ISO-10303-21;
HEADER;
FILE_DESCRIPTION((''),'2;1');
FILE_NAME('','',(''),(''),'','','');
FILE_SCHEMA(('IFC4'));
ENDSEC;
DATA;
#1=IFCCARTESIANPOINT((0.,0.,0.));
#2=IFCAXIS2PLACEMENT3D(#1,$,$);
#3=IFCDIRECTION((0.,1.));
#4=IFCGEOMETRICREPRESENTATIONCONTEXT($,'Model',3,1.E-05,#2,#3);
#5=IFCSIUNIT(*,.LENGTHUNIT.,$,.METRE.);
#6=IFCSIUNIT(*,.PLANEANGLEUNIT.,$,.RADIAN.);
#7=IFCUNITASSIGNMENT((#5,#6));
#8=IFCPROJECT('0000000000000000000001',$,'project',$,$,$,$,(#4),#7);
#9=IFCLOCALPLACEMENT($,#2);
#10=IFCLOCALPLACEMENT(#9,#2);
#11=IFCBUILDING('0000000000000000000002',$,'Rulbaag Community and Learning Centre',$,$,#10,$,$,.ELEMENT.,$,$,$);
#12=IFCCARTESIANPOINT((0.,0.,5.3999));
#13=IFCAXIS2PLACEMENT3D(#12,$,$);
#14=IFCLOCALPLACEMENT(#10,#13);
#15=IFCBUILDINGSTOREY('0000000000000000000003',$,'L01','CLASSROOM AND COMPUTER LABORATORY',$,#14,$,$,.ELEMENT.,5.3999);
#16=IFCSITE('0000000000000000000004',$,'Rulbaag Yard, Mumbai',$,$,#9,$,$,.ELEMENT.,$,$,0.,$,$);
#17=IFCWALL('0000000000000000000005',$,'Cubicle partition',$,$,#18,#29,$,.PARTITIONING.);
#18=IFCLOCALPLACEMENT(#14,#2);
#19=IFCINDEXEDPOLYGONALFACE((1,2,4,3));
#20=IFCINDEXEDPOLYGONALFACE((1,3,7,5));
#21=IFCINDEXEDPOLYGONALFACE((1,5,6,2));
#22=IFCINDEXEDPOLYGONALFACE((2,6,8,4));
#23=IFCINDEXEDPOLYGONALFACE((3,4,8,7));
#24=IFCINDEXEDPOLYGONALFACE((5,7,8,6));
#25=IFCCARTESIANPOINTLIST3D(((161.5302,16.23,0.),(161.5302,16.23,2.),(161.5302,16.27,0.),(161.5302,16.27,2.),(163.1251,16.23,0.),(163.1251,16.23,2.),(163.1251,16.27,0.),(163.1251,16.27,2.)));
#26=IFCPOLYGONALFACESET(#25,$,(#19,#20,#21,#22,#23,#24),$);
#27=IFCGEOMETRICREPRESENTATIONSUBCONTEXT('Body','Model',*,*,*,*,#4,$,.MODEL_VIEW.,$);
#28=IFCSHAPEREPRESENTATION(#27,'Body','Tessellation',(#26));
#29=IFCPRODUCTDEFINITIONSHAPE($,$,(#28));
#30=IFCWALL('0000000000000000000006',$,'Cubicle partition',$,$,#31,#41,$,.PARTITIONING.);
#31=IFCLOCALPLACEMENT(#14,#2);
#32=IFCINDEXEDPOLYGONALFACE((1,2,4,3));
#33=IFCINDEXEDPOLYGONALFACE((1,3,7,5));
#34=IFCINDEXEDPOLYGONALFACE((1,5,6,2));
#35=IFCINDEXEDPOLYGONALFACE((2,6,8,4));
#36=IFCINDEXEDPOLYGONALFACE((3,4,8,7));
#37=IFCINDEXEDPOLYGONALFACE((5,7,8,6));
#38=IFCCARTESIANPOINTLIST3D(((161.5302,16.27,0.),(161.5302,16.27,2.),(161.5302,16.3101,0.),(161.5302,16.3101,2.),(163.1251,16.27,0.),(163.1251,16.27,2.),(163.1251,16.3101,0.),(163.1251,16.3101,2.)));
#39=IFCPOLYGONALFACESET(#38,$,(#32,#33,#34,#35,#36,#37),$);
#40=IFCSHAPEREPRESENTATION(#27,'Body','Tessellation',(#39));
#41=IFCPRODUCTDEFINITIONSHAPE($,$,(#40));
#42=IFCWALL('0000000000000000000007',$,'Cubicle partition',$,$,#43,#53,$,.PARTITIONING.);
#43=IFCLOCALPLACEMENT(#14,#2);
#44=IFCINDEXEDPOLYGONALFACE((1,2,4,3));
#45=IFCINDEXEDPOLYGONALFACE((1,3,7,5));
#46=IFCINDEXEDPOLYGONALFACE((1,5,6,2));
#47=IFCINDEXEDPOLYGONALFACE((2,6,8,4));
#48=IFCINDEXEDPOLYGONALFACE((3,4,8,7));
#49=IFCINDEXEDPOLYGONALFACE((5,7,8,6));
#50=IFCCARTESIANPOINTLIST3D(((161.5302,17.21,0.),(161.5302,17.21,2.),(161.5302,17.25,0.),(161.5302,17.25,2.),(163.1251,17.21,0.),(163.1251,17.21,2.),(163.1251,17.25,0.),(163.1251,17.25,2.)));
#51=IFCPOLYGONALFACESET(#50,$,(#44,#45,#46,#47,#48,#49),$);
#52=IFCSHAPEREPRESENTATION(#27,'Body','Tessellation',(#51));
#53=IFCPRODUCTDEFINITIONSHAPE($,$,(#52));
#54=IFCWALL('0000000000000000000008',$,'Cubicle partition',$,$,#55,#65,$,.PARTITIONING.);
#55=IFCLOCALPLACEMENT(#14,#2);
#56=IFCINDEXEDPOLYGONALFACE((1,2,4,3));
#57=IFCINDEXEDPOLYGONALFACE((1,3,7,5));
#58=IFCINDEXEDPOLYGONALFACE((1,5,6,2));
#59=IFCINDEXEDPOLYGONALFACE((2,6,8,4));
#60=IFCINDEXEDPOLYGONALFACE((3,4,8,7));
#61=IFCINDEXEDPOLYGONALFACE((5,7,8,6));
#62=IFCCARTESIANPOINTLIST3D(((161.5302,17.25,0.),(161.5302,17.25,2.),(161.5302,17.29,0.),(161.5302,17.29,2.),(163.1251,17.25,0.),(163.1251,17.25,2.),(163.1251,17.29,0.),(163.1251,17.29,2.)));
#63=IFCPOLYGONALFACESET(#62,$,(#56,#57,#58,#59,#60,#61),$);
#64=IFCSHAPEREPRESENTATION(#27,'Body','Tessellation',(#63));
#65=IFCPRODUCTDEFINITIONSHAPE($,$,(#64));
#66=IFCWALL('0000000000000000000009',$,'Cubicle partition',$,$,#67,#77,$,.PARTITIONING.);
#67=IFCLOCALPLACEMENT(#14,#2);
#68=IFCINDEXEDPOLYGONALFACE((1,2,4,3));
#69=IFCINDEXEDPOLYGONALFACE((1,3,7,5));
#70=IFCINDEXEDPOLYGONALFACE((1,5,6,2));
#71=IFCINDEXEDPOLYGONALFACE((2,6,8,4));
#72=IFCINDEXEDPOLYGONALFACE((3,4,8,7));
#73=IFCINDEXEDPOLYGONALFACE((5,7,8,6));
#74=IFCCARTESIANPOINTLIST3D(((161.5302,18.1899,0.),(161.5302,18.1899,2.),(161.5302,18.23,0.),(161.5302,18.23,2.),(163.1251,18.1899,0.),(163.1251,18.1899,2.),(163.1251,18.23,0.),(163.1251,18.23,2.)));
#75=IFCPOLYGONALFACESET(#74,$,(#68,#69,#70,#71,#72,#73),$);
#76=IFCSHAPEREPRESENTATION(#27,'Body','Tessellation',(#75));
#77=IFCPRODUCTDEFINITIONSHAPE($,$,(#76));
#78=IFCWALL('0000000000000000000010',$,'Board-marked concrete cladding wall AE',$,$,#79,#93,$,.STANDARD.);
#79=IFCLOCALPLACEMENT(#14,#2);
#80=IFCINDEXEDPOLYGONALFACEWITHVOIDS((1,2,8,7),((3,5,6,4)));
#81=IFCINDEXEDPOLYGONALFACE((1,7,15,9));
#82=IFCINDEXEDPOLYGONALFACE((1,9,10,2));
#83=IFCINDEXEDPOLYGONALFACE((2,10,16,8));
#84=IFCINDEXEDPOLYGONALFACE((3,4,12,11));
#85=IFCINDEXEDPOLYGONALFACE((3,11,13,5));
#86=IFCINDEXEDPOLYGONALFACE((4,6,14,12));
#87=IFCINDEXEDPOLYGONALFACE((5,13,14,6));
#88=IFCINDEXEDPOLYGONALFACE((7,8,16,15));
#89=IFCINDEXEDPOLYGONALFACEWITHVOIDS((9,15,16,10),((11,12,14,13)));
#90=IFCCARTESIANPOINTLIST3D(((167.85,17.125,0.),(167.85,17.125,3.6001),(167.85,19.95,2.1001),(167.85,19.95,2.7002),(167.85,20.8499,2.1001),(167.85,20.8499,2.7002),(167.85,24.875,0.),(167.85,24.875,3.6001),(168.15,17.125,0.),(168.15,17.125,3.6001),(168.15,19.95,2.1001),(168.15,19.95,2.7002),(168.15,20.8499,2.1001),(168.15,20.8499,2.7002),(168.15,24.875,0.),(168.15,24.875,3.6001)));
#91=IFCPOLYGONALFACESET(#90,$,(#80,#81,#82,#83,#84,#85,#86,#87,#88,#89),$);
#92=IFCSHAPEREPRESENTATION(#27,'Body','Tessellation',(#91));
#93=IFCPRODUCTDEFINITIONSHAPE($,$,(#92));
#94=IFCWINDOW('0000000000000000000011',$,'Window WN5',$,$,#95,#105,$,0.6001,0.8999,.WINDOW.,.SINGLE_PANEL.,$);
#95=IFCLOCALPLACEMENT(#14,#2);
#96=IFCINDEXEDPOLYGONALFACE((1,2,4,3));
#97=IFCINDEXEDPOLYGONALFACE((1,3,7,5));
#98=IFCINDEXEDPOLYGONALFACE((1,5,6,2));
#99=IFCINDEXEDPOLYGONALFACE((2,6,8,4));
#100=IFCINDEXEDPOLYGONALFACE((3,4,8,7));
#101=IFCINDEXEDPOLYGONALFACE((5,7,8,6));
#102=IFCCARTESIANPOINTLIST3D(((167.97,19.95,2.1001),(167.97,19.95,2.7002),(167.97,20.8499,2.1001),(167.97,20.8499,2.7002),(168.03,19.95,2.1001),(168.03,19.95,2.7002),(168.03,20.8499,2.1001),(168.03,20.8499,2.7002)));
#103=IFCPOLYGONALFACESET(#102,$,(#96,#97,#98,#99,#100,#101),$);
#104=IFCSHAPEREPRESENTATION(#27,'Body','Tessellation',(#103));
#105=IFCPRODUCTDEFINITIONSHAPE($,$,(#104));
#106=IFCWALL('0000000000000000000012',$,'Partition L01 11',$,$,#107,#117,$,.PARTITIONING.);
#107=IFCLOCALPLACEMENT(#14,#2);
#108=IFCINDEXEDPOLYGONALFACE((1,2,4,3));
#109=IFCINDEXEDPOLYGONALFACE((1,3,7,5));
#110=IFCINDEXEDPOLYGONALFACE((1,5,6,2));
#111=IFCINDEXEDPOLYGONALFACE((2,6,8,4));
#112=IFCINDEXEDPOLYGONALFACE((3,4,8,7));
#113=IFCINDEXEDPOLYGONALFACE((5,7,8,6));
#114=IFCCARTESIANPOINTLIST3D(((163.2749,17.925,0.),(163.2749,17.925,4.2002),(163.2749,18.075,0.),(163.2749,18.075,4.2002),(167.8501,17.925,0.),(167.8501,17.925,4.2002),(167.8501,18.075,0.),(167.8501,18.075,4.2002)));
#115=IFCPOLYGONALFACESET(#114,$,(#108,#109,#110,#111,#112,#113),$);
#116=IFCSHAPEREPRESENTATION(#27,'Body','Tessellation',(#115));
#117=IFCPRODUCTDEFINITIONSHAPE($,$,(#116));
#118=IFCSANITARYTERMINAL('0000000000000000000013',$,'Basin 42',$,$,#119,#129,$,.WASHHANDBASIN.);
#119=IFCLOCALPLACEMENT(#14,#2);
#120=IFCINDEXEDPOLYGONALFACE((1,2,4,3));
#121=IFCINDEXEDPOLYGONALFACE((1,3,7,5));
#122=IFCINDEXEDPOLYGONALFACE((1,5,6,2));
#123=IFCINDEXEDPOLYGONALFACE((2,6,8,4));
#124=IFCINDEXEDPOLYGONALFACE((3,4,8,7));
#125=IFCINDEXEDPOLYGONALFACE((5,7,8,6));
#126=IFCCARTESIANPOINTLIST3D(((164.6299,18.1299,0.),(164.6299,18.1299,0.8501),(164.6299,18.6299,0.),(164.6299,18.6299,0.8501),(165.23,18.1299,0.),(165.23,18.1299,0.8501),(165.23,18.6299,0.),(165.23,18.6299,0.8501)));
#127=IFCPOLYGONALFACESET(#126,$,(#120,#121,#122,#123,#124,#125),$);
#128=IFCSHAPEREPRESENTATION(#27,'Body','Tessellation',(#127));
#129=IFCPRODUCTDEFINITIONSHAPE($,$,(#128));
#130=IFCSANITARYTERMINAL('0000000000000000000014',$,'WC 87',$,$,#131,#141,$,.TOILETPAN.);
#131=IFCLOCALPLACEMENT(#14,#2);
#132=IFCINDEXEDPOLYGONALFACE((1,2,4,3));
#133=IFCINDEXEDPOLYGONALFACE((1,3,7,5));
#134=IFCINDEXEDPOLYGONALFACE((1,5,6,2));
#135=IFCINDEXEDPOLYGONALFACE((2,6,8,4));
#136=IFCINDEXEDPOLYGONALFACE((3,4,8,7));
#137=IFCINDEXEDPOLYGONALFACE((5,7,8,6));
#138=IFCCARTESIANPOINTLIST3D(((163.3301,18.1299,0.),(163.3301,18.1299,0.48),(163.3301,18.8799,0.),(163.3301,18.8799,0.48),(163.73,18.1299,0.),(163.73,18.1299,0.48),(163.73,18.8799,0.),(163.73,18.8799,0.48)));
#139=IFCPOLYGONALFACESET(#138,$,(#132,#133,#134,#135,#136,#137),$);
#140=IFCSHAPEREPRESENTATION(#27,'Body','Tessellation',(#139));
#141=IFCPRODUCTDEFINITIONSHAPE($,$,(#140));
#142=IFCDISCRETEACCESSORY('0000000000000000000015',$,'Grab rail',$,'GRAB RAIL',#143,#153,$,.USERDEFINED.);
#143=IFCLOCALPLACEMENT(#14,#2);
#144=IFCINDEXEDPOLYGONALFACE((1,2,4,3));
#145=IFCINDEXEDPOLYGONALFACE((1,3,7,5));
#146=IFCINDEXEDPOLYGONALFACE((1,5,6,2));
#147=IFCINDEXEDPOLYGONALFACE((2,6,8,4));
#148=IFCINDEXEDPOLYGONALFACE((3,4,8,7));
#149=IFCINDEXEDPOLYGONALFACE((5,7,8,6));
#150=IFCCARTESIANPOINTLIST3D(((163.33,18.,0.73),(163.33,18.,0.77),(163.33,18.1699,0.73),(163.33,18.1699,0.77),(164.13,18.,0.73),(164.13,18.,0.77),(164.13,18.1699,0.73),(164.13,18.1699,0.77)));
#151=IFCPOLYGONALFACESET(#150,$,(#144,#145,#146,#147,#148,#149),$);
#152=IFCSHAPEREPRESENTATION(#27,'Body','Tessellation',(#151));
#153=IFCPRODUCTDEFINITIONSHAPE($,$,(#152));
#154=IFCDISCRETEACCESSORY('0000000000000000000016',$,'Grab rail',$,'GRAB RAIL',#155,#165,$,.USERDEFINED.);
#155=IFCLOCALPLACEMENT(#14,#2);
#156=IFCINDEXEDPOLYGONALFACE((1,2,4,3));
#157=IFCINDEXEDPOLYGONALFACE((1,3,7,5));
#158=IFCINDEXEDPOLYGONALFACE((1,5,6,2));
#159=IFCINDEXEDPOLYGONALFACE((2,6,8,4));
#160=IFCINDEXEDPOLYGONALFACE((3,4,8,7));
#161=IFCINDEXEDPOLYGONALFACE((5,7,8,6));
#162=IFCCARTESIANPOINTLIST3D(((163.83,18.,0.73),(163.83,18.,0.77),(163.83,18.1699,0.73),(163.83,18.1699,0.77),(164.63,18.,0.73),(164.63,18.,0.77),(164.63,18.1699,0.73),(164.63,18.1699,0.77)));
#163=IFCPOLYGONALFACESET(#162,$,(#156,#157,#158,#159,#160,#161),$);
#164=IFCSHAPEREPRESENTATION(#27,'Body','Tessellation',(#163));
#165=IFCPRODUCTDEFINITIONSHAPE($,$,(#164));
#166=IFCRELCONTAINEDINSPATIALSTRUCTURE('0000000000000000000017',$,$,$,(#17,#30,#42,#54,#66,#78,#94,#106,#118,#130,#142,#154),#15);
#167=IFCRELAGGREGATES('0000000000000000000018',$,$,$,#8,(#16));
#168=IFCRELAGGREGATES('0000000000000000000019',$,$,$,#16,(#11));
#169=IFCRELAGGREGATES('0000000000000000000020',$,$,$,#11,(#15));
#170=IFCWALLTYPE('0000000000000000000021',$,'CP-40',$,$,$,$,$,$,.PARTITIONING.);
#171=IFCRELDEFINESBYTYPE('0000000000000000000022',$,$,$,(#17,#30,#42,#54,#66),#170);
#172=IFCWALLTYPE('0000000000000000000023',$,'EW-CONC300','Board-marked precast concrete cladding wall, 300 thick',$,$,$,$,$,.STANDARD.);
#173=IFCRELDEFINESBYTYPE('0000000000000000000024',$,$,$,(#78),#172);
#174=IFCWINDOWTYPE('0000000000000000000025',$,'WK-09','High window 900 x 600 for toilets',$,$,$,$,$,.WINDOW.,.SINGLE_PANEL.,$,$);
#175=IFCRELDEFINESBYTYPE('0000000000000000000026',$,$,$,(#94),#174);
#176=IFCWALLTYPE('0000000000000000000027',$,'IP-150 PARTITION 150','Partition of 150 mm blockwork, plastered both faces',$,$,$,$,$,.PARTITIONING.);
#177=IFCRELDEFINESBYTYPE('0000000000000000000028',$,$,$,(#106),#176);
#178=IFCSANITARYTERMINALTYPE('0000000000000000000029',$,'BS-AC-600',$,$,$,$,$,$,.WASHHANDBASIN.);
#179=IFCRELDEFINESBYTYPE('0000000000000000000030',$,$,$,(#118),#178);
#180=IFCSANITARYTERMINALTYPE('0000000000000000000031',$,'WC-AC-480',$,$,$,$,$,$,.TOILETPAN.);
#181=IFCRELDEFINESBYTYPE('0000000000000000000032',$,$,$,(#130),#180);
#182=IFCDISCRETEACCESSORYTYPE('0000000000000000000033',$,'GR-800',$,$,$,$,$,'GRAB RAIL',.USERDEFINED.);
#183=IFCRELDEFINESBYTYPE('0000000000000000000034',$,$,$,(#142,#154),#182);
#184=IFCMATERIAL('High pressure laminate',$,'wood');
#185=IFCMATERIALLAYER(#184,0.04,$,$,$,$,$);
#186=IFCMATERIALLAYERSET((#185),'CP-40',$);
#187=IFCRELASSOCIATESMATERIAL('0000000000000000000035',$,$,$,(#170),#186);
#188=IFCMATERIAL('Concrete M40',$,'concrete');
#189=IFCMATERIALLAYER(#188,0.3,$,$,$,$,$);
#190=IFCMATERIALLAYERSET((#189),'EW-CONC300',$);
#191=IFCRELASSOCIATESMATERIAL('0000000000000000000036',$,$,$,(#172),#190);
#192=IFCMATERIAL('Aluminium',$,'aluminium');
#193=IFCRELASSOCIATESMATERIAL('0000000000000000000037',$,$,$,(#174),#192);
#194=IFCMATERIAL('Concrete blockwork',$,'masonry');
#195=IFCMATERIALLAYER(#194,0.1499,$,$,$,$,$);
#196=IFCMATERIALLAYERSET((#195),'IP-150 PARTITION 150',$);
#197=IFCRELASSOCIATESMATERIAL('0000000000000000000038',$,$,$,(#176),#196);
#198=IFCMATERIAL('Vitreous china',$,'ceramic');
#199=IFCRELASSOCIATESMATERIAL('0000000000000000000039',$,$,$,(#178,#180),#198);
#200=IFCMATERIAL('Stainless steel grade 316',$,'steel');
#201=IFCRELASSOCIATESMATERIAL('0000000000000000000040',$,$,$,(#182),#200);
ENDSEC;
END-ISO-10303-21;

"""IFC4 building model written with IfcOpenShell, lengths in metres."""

from ifc_helpers import new_model, si_unit, direction, frame, frame_2d, origin, origin_2d, place, context, subcontext, project, spatial, rectangle, extrude, material, layer, layer_set, type_object, element, fill, save


model = new_model("IFC4")

# Units and contexts
model_context = context("Model", 3, precision=1e-05, world=origin(), true_north=direction((0.0, 1.0)))
body_context = subcontext(model_context, "Body", "Model", "MODEL_VIEW")
ifc_project = project(units=[si_unit("LENGTHUNIT", "METRE"), si_unit("PLANEANGLEUNIT", "RADIAN")], contexts=[model_context])

# Site, building, storey
site_placement = place(None, origin())
site = spatial("IfcSite", under=ifc_project, at=site_placement, Name="Rulbaag Yard, Mumbai", CompositionType="ELEMENT", RefElevation=0.0)
building_placement = place(site_placement, origin())
building = spatial("IfcBuilding", under=site, at=building_placement, Name="Rulbaag Community and Learning Centre", CompositionType="ELEMENT")
storey_placement = place(building_placement, frame((0.0, 0.0, 5.3999)))
storey = spatial("IfcBuildingStorey", under=building, at=storey_placement, Name="L01", Description="CLASSROOM AND COMPUTER LABORATORY", CompositionType="ELEMENT", Elevation=5.3999)

# Shared definitions
ifc_material_1 = material(Name="Concrete M40", Category="concrete")

# Shared definitions
ifc_material_2 = material(Name="Aluminium", Category="aluminium")

# Walls
ifc_material_3 = material(Name="High pressure laminate", Category="wood")
ifc_layer_1 = layer(ifc_material_3, 0.04)
ifc_layer_set_1 = layer_set([ifc_layer_1], Name="CP-40")
wall_type_1 = type_object("IfcWallType", Name="CP-40", PredefinedType="PARTITIONING", material=ifc_layer_set_1)
for number, where, z_axis, x_axis, name in (
    (1, (163.125, 16.25, 0.0), (0.0, 0.0, 1.0), (-1.0, 0.0, 0.0), "Cubicle partition"),
    (2, (163.125, 16.29, 0.0), (0.0, 0.0, 1.0), (-1.0, 0.0, 0.0), "Cubicle partition"),
    (3, (163.125, 17.23, 0.0), (0.0, 0.0, 1.0), (-1.0, 0.0, 0.0), "Cubicle partition"),
    (4, (163.125, 17.27, 0.0), (0.0, 0.0, 1.0), (-1.0, 0.0, 0.0), "Cubicle partition"),
    (5, (163.125, 18.21, 0.0), (0.0, 0.0, 1.0), (-1.0, 0.0, 0.0), "Cubicle partition"),
):
    element("IfcWall", number, at=place(storey_placement, frame(where, z_axis=z_axis, x_axis=x_axis)), inside=storey, type_object=wall_type_1, Name=name, PredefinedType="PARTITIONING", context=body_context, shape_type="SweptSolid", body=[
        extrude(rectangle(XDim=1.595, YDim=0.04, at=frame_2d((0.7974, 0.0))), origin(), (0.0, 0.0, 1.0), 2.0),
    ])

# Wall, opening, window
ifc_layer_2 = layer(ifc_material_1, 0.3)
ifc_layer_set_2 = layer_set([ifc_layer_2], Name="EW-CONC300")
wall_type_2 = type_object("IfcWallType", Name="EW-CONC300", Description="Board-marked precast concrete cladding wall, 300 thick", PredefinedType="STANDARD", material=ifc_layer_set_2)
wall_1_placement = place(storey_placement, frame((168.0, 17.125, 0.0), z_axis=(0.0, 0.0, 1.0), x_axis=(0.0, 1.0, 0.0)))
wall_1 = element("IfcWall", 6, at=wall_1_placement, inside=storey, type_object=wall_type_2, Name="Board-marked concrete cladding wall AE", PredefinedType="STANDARD", context=body_context, shape_type="SweptSolid", body=[
    extrude(rectangle(XDim=7.75, YDim=0.3, at=frame_2d((3.875, 0.0))), origin(), (0.0, 0.0, 1.0), 3.6001),
])
opening_placement = place(wall_1_placement, frame((2.825, 0.0, 2.1001)))
opening = element("IfcOpeningElement", 7, at=opening_placement, cuts=wall_1, PredefinedType="OPENING", context=body_context, shape_type="SweptSolid", body=[
    extrude(rectangle(XDim=0.8999, YDim=0.6001, at=frame_2d((0.45, 0.3))), frame((0.0, 0.1599, 0.0), z_axis=(0.0, -1.0, 0.0), x_axis=(1.0, 0.0, 0.0)), (0.0, 0.0, 1.0), 0.3201),
])
window_type = type_object("IfcWindowType", Name="WK-09", Description="High window 900 x 600 for toilets", PartitioningType="SINGLE_PANEL", PredefinedType="WINDOW", material=ifc_material_2)
window_placement = place(opening_placement, origin())
window = element("IfcWindow", 8, at=window_placement, inside=storey, type_object=window_type, Name="Window WN5", OverallHeight=0.6001, OverallWidth=0.8999, PartitioningType="SINGLE_PANEL", PredefinedType="WINDOW", context=body_context, shape_type="SweptSolid", body=[
    extrude(rectangle(XDim=0.8999, YDim=0.6001, at=frame_2d((0.45, 0.3))), frame((0.0, 0.03, 0.0), z_axis=(0.0, -1.0, 0.0), x_axis=(1.0, 0.0, 0.0)), (0.0, 0.0, 1.0), 0.0601),
])
fill(opening, window)

# Wall
ifc_material_4 = material(Name="Concrete blockwork", Category="masonry")
ifc_layer_3 = layer(ifc_material_4, 0.1499)
ifc_layer_set_3 = layer_set([ifc_layer_3], Name="IP-150 PARTITION 150")
wall_type_3 = type_object("IfcWallType", Name="IP-150 PARTITION 150", Description="Partition of 150 mm blockwork, plastered both faces", PredefinedType="PARTITIONING", material=ifc_layer_set_3)
wall_2_placement = place(storey_placement, frame((163.2749, 18.0, 0.0), z_axis=(0.0, 0.0, 1.0), x_axis=(1.0, 0.0, 0.0)))
element("IfcWall", 9, at=wall_2_placement, inside=storey, type_object=wall_type_3, Name="Partition L01 11", PredefinedType="PARTITIONING", context=body_context, shape_type="SweptSolid", body=[
    extrude(rectangle(XDim=4.5752, YDim=0.1499, at=frame_2d((2.2876, 0.0))), origin(), (0.0, 0.0, 1.0), 4.2002),
])

# Sanitary terminals
ifc_material_5 = material(Name="Vitreous china", Category="ceramic")
sanitary_terminal_type_1 = type_object("IfcSanitaryTerminalType", Name="BS-AC-600", PredefinedType="WASHHANDBASIN", material=ifc_material_5)
sanitary_terminal_1_placement = place(storey_placement, frame((164.9299, 18.3799, 0.0), z_axis=(0.0, 0.0, 1.0), x_axis=(1.0, 0.0, 0.0)))
element("IfcSanitaryTerminal", 10, at=sanitary_terminal_1_placement, inside=storey, type_object=sanitary_terminal_type_1, Name="Basin 42", PredefinedType="WASHHANDBASIN", context=body_context, shape_type="SweptSolid", body=[
    extrude(rectangle(XDim=0.6001, YDim=0.5, at=origin_2d()), origin(), (0.0, 0.0, 1.0), 0.8501),
])
sanitary_terminal_type_2 = type_object("IfcSanitaryTerminalType", Name="WC-AC-480", PredefinedType="TOILETPAN", material=ifc_material_5)
sanitary_terminal_2_placement = place(storey_placement, frame((163.53, 18.5049, 0.0), z_axis=(0.0, 0.0, 1.0), x_axis=(1.0, 0.0, 0.0)))
element("IfcSanitaryTerminal", 11, at=sanitary_terminal_2_placement, inside=storey, type_object=sanitary_terminal_type_2, Name="WC 87", PredefinedType="TOILETPAN", context=body_context, shape_type="SweptSolid", body=[
    extrude(rectangle(XDim=0.3999, YDim=0.75, at=origin_2d()), origin(), (0.0, 0.0, 1.0), 0.48),
])

# Discrete accessories
ifc_material_6 = material(Name="Stainless steel grade 316", Category="steel")
discrete_accessory_type = type_object("IfcDiscreteAccessoryType", Name="GR-800", ElementType="GRAB RAIL", PredefinedType="USERDEFINED", material=ifc_material_6)
for number, where, z_axis, x_axis, name in (
    (12, (163.73, 18.085, 0.73), (0.0, 0.0, 1.0), (1.0, 0.0, 0.0), "Grab rail"),
    (13, (164.23, 18.085, 0.73), (0.0, 0.0, 1.0), (1.0, 0.0, 0.0), "Grab rail"),
):
    element("IfcDiscreteAccessory", number, at=place(storey_placement, frame(where, z_axis=z_axis, x_axis=x_axis)), inside=storey, type_object=discrete_accessory_type, Name=name, ObjectType="GRAB RAIL", PredefinedType="USERDEFINED", context=body_context, shape_type="SweptSolid", body=[
        extrude(rectangle(XDim=0.8, YDim=0.1699, at=origin_2d()), origin(), (0.0, 0.0, 1.0), 0.04),
    ])

save(model, "model.ifc")
